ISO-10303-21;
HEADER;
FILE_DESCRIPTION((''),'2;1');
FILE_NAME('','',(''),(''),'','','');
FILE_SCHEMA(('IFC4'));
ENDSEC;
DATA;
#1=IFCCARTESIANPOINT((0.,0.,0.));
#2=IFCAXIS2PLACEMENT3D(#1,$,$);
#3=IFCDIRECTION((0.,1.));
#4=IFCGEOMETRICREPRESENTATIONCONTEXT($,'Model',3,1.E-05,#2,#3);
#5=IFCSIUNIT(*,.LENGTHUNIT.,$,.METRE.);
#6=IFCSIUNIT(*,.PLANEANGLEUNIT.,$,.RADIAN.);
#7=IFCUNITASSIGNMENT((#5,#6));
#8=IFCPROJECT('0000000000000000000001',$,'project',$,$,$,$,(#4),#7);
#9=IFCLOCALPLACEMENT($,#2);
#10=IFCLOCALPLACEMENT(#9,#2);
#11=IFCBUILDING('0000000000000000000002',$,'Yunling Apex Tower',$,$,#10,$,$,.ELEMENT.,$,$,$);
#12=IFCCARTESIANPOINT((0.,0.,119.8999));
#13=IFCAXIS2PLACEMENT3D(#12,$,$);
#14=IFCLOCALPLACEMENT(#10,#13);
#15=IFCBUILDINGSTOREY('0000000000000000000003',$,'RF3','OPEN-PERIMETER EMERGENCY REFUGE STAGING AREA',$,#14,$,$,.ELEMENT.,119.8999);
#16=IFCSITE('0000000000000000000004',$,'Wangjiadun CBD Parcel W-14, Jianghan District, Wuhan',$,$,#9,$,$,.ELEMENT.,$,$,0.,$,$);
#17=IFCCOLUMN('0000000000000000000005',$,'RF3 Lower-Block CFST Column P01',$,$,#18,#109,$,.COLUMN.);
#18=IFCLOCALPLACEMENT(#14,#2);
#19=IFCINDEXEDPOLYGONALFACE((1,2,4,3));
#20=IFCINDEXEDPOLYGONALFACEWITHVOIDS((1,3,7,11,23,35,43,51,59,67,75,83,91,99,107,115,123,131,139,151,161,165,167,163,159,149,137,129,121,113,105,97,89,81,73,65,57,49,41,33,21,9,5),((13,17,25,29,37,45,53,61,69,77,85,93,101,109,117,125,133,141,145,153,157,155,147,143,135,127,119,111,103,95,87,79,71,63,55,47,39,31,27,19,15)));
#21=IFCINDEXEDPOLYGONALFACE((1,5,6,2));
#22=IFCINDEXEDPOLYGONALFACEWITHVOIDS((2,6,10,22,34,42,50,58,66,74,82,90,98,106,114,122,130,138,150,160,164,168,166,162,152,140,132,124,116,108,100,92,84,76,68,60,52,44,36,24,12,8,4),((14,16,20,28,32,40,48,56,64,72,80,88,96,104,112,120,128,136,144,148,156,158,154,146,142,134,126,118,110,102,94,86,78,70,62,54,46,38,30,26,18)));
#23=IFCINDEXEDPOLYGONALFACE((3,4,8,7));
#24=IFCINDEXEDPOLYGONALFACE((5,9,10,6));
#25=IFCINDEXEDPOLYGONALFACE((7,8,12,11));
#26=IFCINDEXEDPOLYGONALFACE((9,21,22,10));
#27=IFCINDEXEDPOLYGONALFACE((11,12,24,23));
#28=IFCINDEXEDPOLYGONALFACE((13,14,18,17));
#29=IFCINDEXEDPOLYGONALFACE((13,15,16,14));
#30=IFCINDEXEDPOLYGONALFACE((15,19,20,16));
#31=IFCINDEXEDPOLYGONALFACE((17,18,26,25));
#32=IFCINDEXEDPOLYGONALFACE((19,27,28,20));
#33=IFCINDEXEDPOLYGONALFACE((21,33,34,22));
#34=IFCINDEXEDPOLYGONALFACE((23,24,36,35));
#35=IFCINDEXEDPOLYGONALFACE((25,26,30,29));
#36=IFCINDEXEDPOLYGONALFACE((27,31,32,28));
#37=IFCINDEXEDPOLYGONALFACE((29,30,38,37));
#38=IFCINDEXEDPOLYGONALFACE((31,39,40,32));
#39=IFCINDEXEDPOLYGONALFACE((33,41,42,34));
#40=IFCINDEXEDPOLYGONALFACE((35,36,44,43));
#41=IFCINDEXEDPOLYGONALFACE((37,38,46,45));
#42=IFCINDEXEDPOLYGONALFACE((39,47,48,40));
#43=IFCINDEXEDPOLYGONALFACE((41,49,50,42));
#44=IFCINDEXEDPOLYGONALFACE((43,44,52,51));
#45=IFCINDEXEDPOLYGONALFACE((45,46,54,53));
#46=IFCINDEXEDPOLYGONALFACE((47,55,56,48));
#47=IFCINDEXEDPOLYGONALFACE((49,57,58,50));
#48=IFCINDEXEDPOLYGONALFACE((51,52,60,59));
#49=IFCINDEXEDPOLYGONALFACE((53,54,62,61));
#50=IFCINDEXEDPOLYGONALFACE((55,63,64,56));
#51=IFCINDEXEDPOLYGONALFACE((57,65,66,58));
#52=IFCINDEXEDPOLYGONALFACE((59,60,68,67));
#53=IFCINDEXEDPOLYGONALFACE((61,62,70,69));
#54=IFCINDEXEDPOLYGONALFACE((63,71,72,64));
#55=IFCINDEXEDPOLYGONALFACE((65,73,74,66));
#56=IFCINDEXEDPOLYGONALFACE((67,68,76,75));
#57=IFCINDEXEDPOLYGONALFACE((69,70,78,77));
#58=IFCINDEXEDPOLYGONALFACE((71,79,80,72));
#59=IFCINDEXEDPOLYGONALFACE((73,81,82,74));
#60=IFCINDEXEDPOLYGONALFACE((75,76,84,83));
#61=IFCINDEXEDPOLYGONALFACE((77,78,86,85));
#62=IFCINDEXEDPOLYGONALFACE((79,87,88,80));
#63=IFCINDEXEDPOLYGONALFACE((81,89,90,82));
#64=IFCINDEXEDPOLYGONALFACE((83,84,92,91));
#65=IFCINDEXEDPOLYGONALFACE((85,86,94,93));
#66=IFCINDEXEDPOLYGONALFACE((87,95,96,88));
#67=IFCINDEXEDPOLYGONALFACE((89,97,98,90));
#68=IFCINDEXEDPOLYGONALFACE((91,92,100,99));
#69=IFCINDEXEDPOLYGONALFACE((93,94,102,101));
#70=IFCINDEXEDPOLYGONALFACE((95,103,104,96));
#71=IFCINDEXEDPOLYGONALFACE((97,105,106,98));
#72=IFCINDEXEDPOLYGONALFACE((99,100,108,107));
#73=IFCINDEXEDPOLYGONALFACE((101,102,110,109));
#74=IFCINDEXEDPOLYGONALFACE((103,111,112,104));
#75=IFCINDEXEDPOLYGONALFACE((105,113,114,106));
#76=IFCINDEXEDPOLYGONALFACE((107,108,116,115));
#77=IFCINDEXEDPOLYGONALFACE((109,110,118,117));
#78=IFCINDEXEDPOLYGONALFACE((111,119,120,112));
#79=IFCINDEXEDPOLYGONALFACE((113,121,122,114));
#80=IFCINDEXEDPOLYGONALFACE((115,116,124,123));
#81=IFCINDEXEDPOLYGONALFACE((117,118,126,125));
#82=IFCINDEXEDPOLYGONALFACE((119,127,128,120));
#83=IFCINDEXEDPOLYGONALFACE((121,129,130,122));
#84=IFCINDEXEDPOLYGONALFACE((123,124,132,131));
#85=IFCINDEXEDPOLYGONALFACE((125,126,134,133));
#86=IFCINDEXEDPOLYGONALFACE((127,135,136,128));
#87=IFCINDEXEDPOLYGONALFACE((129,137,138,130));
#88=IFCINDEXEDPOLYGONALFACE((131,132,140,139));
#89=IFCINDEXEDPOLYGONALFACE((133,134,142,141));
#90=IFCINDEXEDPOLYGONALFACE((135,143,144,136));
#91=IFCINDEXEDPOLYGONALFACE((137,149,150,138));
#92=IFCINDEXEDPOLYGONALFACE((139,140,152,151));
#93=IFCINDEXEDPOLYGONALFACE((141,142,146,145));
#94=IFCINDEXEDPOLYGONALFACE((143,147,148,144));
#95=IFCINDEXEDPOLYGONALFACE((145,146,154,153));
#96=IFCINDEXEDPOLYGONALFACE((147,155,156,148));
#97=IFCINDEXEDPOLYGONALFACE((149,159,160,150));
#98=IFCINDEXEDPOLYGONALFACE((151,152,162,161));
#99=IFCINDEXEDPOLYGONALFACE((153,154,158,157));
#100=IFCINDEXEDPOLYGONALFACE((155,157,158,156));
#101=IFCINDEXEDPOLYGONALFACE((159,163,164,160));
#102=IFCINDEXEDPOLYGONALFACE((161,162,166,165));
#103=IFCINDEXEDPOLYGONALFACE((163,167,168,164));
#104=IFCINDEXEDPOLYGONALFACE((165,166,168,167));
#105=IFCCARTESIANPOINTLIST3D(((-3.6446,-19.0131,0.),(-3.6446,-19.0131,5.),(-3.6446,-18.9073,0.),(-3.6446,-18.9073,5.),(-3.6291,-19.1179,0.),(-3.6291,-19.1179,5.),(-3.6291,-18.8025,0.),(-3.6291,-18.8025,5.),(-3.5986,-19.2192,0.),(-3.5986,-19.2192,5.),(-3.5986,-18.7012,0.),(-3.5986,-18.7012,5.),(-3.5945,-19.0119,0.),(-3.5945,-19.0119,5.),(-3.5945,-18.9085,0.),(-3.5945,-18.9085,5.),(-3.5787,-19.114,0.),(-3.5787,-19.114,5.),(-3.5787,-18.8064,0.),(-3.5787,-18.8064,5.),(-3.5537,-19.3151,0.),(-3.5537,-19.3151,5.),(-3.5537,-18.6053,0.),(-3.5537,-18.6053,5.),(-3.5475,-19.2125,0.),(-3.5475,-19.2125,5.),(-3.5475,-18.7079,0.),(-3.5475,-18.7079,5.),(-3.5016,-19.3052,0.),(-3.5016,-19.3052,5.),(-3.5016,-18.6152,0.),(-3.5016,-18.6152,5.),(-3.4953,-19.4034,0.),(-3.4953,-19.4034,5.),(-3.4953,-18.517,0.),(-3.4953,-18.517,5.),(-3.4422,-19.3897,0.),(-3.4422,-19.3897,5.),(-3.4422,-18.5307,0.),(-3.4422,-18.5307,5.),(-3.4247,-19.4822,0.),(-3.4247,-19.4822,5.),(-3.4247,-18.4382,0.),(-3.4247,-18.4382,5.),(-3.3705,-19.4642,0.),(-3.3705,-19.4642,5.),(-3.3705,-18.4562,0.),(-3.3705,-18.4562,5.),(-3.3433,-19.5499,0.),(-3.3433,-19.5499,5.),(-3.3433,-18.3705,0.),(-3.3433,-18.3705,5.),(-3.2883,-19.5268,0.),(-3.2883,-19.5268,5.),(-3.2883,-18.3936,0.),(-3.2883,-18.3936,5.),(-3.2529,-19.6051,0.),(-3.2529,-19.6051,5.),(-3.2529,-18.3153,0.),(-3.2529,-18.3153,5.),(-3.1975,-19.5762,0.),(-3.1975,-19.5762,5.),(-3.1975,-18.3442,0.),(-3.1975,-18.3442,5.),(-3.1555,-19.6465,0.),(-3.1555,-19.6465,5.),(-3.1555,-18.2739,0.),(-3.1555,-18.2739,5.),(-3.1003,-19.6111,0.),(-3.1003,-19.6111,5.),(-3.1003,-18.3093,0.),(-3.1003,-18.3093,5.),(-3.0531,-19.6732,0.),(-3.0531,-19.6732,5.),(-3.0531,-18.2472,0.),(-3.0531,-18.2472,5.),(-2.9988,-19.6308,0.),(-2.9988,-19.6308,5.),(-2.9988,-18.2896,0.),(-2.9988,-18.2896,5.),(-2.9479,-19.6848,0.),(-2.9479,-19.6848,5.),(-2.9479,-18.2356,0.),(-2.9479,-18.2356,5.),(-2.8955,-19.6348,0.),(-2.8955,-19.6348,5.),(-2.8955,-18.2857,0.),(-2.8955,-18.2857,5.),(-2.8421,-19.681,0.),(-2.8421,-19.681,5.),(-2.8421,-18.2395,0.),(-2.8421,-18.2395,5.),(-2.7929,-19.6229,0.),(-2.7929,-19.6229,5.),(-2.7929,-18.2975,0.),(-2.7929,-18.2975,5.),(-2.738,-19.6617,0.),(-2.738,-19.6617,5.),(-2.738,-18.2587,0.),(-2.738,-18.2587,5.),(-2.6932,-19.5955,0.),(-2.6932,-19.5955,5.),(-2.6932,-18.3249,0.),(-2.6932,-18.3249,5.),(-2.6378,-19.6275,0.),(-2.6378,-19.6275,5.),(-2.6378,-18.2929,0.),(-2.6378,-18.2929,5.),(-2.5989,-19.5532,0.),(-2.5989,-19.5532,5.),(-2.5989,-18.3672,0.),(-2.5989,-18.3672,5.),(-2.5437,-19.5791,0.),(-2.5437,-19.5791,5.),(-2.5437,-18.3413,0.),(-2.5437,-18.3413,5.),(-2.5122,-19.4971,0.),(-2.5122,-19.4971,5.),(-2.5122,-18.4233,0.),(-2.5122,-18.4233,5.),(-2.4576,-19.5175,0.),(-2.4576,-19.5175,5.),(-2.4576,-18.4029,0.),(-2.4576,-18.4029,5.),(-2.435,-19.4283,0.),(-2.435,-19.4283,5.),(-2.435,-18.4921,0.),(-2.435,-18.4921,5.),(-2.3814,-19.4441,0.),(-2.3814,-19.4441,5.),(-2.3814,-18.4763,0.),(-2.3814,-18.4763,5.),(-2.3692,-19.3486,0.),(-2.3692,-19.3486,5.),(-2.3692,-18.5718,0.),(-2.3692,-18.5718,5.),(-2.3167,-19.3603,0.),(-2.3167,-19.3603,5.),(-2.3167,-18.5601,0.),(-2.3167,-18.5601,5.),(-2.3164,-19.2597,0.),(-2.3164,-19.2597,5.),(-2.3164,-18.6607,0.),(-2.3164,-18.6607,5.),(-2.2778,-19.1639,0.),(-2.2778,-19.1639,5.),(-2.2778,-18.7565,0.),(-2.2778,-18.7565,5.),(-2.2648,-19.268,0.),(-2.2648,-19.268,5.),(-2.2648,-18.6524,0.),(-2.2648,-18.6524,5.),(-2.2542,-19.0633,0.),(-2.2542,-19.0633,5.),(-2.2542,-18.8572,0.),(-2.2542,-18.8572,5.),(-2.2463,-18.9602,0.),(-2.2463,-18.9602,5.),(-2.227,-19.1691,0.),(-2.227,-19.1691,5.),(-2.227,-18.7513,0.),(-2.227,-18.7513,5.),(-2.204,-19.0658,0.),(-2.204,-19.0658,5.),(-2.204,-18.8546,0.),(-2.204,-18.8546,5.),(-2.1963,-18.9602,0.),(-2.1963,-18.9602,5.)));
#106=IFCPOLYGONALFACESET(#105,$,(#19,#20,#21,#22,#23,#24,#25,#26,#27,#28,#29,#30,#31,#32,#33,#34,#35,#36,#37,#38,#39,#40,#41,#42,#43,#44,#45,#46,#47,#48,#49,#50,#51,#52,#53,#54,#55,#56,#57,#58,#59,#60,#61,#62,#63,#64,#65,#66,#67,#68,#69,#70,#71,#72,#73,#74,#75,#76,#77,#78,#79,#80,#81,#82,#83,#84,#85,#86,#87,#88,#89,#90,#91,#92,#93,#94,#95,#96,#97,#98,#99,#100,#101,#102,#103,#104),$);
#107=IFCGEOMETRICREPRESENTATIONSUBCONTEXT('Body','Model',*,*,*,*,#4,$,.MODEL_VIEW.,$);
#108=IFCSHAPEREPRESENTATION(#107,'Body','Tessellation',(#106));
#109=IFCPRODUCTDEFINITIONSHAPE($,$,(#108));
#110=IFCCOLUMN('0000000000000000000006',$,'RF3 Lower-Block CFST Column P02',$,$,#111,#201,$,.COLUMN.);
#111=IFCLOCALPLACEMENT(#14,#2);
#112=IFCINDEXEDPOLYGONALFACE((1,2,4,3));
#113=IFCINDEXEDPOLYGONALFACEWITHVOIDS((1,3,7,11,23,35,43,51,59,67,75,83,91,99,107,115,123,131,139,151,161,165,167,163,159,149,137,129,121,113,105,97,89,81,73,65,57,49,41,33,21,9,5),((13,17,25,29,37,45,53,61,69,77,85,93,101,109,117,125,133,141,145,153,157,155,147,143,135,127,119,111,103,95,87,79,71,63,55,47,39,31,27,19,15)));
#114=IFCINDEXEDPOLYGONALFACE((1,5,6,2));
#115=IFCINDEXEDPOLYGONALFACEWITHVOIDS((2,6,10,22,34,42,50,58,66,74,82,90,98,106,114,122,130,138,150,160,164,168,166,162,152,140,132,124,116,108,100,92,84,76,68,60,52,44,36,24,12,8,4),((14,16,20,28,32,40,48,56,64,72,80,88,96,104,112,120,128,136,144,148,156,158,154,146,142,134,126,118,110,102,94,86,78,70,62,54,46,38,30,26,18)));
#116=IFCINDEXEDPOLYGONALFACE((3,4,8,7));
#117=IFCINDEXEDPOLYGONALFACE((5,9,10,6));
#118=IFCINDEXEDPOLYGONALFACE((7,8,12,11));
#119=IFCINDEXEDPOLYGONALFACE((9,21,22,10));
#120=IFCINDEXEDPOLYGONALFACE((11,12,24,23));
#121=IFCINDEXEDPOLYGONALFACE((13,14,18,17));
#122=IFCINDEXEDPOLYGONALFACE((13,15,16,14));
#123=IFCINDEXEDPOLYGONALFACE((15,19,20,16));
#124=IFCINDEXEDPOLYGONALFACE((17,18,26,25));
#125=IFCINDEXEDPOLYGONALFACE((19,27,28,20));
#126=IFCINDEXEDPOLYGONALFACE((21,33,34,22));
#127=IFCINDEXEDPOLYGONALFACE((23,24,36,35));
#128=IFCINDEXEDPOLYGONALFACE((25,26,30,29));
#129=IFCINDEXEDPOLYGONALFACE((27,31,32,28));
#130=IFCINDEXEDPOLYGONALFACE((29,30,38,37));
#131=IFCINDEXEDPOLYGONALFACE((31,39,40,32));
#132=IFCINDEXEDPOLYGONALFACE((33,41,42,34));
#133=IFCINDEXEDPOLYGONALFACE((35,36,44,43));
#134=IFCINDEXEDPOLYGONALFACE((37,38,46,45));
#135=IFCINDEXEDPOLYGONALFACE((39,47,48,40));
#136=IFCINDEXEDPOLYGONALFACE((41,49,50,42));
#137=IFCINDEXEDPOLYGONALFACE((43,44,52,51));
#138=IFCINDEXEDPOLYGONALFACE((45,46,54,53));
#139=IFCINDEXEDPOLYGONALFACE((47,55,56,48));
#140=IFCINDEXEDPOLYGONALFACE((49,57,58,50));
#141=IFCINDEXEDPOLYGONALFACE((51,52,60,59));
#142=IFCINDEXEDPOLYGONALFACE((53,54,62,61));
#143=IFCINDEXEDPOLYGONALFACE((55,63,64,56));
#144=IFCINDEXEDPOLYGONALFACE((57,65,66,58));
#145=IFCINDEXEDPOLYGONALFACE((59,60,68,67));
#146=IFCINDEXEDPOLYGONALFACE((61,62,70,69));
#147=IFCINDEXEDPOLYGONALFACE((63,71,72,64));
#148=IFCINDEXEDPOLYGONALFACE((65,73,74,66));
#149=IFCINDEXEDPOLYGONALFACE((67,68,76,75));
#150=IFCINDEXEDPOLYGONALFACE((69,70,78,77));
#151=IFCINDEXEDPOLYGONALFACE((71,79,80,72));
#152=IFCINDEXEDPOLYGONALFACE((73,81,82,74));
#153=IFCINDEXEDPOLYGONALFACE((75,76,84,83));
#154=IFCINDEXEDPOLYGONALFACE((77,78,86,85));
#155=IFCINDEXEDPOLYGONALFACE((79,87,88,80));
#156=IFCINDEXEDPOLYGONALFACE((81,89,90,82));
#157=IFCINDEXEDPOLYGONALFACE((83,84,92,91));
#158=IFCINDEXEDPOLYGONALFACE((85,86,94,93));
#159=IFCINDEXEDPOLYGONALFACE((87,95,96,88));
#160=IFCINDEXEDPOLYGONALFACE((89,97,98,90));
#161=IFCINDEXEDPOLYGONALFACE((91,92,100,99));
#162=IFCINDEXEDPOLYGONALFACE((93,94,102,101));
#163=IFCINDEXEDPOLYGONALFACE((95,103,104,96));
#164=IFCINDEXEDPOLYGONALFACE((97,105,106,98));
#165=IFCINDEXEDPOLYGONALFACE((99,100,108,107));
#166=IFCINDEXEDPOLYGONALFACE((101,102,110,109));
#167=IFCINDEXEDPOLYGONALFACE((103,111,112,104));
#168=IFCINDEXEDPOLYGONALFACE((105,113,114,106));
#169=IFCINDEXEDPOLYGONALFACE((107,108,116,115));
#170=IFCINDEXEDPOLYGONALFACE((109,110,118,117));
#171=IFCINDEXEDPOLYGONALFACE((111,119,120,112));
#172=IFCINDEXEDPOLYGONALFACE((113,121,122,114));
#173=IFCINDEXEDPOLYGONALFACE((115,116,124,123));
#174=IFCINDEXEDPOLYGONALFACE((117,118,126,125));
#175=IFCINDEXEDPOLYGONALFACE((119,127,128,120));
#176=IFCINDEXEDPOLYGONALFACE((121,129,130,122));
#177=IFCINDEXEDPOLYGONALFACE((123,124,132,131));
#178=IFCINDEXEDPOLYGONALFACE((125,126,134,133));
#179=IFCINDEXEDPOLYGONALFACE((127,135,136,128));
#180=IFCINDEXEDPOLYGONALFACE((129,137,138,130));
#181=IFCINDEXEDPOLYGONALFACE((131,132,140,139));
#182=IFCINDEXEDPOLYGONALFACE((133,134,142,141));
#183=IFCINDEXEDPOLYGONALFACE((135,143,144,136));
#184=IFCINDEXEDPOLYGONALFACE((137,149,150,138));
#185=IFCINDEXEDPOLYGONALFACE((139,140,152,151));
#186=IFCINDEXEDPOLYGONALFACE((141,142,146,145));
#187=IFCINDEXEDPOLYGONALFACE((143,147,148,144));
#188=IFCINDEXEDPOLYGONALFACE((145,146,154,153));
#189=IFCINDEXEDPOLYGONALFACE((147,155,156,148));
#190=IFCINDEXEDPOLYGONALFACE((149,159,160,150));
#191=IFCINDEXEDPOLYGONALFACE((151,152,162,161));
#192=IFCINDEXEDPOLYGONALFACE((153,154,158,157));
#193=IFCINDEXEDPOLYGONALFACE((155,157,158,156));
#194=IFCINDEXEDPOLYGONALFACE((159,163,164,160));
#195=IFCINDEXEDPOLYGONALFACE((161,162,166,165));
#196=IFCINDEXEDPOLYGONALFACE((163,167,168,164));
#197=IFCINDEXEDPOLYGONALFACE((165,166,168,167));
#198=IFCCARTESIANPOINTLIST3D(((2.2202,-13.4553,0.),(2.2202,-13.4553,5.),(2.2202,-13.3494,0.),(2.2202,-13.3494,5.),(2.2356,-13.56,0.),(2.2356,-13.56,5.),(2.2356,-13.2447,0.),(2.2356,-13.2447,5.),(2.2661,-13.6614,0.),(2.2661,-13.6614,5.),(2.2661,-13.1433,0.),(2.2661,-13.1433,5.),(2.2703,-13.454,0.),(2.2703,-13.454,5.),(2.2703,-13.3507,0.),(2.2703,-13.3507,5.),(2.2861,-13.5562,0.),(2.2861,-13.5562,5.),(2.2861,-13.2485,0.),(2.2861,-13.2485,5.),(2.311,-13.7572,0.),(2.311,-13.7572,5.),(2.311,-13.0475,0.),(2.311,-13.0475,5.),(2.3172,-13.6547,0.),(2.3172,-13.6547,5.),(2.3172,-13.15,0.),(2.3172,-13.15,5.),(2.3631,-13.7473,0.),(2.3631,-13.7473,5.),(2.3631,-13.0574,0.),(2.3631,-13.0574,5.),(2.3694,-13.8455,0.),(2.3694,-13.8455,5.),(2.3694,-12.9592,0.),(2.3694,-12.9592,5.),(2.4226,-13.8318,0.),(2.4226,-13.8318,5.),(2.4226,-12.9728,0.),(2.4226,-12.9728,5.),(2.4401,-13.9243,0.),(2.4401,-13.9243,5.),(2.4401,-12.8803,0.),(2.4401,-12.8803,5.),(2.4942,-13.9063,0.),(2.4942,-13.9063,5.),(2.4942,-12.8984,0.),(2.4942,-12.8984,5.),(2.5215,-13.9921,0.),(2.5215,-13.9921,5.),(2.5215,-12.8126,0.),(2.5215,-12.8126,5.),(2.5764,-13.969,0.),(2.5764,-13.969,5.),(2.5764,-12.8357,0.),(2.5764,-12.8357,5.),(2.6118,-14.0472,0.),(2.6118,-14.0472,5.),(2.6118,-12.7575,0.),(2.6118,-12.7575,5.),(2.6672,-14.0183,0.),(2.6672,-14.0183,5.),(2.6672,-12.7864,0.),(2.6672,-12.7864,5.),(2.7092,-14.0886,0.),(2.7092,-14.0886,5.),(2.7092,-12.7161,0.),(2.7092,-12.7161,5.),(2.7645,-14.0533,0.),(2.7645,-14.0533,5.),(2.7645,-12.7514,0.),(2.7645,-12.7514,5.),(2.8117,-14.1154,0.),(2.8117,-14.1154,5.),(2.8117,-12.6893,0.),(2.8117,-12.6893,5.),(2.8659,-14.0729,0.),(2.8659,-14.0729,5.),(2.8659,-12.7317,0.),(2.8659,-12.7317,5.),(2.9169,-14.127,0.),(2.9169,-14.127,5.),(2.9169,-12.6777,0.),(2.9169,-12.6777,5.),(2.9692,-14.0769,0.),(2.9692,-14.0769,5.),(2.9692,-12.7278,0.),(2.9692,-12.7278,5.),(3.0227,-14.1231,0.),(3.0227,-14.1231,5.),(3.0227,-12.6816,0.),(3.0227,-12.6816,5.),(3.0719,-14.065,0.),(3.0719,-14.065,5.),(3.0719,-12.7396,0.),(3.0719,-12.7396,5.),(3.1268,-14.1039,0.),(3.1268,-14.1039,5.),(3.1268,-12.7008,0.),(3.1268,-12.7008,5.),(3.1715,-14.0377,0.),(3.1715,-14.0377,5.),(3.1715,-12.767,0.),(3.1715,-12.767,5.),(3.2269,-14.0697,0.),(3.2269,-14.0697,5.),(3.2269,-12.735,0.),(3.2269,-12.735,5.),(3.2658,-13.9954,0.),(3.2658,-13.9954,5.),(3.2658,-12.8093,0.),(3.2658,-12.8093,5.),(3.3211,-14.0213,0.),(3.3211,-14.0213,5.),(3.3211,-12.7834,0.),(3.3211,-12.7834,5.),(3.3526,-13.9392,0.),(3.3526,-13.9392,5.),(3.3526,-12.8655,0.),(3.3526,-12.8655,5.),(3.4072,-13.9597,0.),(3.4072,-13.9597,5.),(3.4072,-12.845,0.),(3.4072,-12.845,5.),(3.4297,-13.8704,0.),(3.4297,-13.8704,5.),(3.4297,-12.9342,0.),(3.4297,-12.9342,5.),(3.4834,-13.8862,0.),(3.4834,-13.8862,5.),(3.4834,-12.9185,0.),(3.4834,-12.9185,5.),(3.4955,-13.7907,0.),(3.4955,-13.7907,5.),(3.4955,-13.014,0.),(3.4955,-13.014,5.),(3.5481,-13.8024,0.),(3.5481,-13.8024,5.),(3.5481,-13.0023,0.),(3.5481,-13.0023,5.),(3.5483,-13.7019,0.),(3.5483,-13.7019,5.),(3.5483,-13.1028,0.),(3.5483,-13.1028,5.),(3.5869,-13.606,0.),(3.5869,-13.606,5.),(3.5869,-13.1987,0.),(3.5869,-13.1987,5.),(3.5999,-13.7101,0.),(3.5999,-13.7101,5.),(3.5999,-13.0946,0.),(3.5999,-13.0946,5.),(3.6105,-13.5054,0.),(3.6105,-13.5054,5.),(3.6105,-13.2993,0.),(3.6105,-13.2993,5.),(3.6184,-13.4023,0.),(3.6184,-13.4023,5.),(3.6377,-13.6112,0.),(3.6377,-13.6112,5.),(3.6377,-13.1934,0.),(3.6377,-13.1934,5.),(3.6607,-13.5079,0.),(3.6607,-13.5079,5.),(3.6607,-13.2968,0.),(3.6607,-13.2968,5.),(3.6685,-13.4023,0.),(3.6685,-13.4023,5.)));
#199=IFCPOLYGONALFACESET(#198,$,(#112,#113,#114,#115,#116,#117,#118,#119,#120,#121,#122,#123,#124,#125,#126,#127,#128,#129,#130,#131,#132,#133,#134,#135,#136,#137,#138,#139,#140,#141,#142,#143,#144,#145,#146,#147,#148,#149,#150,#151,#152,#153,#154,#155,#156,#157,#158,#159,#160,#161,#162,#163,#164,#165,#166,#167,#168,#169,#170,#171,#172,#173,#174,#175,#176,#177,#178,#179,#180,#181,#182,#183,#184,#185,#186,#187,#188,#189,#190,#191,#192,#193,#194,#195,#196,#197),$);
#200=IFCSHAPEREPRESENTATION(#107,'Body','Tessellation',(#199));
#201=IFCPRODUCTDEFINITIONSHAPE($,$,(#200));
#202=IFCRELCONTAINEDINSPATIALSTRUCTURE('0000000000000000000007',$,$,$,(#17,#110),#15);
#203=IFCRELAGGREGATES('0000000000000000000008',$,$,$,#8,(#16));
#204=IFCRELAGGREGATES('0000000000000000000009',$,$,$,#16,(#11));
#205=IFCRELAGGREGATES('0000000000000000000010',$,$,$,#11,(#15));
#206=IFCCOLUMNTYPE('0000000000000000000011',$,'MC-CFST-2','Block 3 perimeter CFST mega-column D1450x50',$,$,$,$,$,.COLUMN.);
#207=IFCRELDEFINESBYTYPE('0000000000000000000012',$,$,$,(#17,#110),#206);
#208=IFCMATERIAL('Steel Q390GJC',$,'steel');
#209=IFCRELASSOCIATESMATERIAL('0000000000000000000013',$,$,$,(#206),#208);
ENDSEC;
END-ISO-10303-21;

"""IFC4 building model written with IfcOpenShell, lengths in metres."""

from ifc_helpers import new_model, si_unit, direction, frame, origin, origin_2d, place, context, subcontext, project, spatial, hollow_circle, extrude, source, transform, mapped, material, material_profile, profile_set, type_object, element, save


model = new_model("IFC4")

# Units and contexts
model_context = context("Model", 3, precision=1e-05, world=origin(), true_north=direction((0.0, 1.0)))
body_context = subcontext(model_context, "Body", "Model", "MODEL_VIEW")
ifc_project = project(units=[si_unit("LENGTHUNIT", "METRE"), si_unit("PLANEANGLEUNIT", "RADIAN")], contexts=[model_context])

# Site, building, storey
site_placement = place(None, origin())
site = spatial("IfcSite", under=ifc_project, at=site_placement, Name="Wangjiadun CBD Parcel W-14, Jianghan District, Wuhan", CompositionType="ELEMENT", RefElevation=0.0)
building_placement = place(site_placement, origin())
building = spatial("IfcBuilding", under=site, at=building_placement, Name="Yunling Apex Tower", CompositionType="ELEMENT")
storey_placement = place(building_placement, frame((0.0, 0.0, 119.8999)))
storey = spatial("IfcBuildingStorey", under=building, at=storey_placement, Name="RF3", Description="OPEN-PERIMETER EMERGENCY REFUGE STAGING AREA", CompositionType="ELEMENT", Elevation=119.8999)

# Columns
ifc_material_1 = material(Name="Steel Q390GJC", Category="steel")
ifc_material_profile_1 = material_profile(ifc_material_1, hollow_circle(Radius=0.7251, WallThickness=0.05, at=origin_2d()))
ifc_profile_set_1 = profile_set([ifc_material_profile_1], Name="Steel Q390GJC")
column_type = type_object("IfcColumnType", Name="MC-CFST-2", Description="Block 3 perimeter CFST mega-column D1450x50", PredefinedType="COLUMN", material=ifc_profile_set_1)
shared_shape_1 = source(origin(), body_context, "Body", "SweptSolid", [
    extrude(hollow_circle(Radius=0.7251, WallThickness=0.05, at=origin_2d()), origin(), (0.0, 0.0, 1.0), 5.0),
])
for number, where, z_axis, x_axis, name in (
    (1, (-2.9214, -18.9602, 0.0), (0.0, 0.0, 1.0), (1.0, 0.0, 0.0), "RF3 Lower-Block CFST Column P01"),
    (2, (2.9434, -13.4023, 0.0), (0.0, 0.0, 1.0), (1.0, 0.0, 0.0), "RF3 Lower-Block CFST Column P02"),
):
    element("IfcColumn", number, at=place(storey_placement, frame(where, z_axis=z_axis, x_axis=x_axis)), inside=storey, type_object=column_type, Name=name, PredefinedType="COLUMN", context=body_context, shape_type="MappedRepresentation", body=[
        mapped(shared_shape_1, transform((0.0, 0.0, 0.0), scale=1.0)),
    ])

save(model, "model.ifc")
